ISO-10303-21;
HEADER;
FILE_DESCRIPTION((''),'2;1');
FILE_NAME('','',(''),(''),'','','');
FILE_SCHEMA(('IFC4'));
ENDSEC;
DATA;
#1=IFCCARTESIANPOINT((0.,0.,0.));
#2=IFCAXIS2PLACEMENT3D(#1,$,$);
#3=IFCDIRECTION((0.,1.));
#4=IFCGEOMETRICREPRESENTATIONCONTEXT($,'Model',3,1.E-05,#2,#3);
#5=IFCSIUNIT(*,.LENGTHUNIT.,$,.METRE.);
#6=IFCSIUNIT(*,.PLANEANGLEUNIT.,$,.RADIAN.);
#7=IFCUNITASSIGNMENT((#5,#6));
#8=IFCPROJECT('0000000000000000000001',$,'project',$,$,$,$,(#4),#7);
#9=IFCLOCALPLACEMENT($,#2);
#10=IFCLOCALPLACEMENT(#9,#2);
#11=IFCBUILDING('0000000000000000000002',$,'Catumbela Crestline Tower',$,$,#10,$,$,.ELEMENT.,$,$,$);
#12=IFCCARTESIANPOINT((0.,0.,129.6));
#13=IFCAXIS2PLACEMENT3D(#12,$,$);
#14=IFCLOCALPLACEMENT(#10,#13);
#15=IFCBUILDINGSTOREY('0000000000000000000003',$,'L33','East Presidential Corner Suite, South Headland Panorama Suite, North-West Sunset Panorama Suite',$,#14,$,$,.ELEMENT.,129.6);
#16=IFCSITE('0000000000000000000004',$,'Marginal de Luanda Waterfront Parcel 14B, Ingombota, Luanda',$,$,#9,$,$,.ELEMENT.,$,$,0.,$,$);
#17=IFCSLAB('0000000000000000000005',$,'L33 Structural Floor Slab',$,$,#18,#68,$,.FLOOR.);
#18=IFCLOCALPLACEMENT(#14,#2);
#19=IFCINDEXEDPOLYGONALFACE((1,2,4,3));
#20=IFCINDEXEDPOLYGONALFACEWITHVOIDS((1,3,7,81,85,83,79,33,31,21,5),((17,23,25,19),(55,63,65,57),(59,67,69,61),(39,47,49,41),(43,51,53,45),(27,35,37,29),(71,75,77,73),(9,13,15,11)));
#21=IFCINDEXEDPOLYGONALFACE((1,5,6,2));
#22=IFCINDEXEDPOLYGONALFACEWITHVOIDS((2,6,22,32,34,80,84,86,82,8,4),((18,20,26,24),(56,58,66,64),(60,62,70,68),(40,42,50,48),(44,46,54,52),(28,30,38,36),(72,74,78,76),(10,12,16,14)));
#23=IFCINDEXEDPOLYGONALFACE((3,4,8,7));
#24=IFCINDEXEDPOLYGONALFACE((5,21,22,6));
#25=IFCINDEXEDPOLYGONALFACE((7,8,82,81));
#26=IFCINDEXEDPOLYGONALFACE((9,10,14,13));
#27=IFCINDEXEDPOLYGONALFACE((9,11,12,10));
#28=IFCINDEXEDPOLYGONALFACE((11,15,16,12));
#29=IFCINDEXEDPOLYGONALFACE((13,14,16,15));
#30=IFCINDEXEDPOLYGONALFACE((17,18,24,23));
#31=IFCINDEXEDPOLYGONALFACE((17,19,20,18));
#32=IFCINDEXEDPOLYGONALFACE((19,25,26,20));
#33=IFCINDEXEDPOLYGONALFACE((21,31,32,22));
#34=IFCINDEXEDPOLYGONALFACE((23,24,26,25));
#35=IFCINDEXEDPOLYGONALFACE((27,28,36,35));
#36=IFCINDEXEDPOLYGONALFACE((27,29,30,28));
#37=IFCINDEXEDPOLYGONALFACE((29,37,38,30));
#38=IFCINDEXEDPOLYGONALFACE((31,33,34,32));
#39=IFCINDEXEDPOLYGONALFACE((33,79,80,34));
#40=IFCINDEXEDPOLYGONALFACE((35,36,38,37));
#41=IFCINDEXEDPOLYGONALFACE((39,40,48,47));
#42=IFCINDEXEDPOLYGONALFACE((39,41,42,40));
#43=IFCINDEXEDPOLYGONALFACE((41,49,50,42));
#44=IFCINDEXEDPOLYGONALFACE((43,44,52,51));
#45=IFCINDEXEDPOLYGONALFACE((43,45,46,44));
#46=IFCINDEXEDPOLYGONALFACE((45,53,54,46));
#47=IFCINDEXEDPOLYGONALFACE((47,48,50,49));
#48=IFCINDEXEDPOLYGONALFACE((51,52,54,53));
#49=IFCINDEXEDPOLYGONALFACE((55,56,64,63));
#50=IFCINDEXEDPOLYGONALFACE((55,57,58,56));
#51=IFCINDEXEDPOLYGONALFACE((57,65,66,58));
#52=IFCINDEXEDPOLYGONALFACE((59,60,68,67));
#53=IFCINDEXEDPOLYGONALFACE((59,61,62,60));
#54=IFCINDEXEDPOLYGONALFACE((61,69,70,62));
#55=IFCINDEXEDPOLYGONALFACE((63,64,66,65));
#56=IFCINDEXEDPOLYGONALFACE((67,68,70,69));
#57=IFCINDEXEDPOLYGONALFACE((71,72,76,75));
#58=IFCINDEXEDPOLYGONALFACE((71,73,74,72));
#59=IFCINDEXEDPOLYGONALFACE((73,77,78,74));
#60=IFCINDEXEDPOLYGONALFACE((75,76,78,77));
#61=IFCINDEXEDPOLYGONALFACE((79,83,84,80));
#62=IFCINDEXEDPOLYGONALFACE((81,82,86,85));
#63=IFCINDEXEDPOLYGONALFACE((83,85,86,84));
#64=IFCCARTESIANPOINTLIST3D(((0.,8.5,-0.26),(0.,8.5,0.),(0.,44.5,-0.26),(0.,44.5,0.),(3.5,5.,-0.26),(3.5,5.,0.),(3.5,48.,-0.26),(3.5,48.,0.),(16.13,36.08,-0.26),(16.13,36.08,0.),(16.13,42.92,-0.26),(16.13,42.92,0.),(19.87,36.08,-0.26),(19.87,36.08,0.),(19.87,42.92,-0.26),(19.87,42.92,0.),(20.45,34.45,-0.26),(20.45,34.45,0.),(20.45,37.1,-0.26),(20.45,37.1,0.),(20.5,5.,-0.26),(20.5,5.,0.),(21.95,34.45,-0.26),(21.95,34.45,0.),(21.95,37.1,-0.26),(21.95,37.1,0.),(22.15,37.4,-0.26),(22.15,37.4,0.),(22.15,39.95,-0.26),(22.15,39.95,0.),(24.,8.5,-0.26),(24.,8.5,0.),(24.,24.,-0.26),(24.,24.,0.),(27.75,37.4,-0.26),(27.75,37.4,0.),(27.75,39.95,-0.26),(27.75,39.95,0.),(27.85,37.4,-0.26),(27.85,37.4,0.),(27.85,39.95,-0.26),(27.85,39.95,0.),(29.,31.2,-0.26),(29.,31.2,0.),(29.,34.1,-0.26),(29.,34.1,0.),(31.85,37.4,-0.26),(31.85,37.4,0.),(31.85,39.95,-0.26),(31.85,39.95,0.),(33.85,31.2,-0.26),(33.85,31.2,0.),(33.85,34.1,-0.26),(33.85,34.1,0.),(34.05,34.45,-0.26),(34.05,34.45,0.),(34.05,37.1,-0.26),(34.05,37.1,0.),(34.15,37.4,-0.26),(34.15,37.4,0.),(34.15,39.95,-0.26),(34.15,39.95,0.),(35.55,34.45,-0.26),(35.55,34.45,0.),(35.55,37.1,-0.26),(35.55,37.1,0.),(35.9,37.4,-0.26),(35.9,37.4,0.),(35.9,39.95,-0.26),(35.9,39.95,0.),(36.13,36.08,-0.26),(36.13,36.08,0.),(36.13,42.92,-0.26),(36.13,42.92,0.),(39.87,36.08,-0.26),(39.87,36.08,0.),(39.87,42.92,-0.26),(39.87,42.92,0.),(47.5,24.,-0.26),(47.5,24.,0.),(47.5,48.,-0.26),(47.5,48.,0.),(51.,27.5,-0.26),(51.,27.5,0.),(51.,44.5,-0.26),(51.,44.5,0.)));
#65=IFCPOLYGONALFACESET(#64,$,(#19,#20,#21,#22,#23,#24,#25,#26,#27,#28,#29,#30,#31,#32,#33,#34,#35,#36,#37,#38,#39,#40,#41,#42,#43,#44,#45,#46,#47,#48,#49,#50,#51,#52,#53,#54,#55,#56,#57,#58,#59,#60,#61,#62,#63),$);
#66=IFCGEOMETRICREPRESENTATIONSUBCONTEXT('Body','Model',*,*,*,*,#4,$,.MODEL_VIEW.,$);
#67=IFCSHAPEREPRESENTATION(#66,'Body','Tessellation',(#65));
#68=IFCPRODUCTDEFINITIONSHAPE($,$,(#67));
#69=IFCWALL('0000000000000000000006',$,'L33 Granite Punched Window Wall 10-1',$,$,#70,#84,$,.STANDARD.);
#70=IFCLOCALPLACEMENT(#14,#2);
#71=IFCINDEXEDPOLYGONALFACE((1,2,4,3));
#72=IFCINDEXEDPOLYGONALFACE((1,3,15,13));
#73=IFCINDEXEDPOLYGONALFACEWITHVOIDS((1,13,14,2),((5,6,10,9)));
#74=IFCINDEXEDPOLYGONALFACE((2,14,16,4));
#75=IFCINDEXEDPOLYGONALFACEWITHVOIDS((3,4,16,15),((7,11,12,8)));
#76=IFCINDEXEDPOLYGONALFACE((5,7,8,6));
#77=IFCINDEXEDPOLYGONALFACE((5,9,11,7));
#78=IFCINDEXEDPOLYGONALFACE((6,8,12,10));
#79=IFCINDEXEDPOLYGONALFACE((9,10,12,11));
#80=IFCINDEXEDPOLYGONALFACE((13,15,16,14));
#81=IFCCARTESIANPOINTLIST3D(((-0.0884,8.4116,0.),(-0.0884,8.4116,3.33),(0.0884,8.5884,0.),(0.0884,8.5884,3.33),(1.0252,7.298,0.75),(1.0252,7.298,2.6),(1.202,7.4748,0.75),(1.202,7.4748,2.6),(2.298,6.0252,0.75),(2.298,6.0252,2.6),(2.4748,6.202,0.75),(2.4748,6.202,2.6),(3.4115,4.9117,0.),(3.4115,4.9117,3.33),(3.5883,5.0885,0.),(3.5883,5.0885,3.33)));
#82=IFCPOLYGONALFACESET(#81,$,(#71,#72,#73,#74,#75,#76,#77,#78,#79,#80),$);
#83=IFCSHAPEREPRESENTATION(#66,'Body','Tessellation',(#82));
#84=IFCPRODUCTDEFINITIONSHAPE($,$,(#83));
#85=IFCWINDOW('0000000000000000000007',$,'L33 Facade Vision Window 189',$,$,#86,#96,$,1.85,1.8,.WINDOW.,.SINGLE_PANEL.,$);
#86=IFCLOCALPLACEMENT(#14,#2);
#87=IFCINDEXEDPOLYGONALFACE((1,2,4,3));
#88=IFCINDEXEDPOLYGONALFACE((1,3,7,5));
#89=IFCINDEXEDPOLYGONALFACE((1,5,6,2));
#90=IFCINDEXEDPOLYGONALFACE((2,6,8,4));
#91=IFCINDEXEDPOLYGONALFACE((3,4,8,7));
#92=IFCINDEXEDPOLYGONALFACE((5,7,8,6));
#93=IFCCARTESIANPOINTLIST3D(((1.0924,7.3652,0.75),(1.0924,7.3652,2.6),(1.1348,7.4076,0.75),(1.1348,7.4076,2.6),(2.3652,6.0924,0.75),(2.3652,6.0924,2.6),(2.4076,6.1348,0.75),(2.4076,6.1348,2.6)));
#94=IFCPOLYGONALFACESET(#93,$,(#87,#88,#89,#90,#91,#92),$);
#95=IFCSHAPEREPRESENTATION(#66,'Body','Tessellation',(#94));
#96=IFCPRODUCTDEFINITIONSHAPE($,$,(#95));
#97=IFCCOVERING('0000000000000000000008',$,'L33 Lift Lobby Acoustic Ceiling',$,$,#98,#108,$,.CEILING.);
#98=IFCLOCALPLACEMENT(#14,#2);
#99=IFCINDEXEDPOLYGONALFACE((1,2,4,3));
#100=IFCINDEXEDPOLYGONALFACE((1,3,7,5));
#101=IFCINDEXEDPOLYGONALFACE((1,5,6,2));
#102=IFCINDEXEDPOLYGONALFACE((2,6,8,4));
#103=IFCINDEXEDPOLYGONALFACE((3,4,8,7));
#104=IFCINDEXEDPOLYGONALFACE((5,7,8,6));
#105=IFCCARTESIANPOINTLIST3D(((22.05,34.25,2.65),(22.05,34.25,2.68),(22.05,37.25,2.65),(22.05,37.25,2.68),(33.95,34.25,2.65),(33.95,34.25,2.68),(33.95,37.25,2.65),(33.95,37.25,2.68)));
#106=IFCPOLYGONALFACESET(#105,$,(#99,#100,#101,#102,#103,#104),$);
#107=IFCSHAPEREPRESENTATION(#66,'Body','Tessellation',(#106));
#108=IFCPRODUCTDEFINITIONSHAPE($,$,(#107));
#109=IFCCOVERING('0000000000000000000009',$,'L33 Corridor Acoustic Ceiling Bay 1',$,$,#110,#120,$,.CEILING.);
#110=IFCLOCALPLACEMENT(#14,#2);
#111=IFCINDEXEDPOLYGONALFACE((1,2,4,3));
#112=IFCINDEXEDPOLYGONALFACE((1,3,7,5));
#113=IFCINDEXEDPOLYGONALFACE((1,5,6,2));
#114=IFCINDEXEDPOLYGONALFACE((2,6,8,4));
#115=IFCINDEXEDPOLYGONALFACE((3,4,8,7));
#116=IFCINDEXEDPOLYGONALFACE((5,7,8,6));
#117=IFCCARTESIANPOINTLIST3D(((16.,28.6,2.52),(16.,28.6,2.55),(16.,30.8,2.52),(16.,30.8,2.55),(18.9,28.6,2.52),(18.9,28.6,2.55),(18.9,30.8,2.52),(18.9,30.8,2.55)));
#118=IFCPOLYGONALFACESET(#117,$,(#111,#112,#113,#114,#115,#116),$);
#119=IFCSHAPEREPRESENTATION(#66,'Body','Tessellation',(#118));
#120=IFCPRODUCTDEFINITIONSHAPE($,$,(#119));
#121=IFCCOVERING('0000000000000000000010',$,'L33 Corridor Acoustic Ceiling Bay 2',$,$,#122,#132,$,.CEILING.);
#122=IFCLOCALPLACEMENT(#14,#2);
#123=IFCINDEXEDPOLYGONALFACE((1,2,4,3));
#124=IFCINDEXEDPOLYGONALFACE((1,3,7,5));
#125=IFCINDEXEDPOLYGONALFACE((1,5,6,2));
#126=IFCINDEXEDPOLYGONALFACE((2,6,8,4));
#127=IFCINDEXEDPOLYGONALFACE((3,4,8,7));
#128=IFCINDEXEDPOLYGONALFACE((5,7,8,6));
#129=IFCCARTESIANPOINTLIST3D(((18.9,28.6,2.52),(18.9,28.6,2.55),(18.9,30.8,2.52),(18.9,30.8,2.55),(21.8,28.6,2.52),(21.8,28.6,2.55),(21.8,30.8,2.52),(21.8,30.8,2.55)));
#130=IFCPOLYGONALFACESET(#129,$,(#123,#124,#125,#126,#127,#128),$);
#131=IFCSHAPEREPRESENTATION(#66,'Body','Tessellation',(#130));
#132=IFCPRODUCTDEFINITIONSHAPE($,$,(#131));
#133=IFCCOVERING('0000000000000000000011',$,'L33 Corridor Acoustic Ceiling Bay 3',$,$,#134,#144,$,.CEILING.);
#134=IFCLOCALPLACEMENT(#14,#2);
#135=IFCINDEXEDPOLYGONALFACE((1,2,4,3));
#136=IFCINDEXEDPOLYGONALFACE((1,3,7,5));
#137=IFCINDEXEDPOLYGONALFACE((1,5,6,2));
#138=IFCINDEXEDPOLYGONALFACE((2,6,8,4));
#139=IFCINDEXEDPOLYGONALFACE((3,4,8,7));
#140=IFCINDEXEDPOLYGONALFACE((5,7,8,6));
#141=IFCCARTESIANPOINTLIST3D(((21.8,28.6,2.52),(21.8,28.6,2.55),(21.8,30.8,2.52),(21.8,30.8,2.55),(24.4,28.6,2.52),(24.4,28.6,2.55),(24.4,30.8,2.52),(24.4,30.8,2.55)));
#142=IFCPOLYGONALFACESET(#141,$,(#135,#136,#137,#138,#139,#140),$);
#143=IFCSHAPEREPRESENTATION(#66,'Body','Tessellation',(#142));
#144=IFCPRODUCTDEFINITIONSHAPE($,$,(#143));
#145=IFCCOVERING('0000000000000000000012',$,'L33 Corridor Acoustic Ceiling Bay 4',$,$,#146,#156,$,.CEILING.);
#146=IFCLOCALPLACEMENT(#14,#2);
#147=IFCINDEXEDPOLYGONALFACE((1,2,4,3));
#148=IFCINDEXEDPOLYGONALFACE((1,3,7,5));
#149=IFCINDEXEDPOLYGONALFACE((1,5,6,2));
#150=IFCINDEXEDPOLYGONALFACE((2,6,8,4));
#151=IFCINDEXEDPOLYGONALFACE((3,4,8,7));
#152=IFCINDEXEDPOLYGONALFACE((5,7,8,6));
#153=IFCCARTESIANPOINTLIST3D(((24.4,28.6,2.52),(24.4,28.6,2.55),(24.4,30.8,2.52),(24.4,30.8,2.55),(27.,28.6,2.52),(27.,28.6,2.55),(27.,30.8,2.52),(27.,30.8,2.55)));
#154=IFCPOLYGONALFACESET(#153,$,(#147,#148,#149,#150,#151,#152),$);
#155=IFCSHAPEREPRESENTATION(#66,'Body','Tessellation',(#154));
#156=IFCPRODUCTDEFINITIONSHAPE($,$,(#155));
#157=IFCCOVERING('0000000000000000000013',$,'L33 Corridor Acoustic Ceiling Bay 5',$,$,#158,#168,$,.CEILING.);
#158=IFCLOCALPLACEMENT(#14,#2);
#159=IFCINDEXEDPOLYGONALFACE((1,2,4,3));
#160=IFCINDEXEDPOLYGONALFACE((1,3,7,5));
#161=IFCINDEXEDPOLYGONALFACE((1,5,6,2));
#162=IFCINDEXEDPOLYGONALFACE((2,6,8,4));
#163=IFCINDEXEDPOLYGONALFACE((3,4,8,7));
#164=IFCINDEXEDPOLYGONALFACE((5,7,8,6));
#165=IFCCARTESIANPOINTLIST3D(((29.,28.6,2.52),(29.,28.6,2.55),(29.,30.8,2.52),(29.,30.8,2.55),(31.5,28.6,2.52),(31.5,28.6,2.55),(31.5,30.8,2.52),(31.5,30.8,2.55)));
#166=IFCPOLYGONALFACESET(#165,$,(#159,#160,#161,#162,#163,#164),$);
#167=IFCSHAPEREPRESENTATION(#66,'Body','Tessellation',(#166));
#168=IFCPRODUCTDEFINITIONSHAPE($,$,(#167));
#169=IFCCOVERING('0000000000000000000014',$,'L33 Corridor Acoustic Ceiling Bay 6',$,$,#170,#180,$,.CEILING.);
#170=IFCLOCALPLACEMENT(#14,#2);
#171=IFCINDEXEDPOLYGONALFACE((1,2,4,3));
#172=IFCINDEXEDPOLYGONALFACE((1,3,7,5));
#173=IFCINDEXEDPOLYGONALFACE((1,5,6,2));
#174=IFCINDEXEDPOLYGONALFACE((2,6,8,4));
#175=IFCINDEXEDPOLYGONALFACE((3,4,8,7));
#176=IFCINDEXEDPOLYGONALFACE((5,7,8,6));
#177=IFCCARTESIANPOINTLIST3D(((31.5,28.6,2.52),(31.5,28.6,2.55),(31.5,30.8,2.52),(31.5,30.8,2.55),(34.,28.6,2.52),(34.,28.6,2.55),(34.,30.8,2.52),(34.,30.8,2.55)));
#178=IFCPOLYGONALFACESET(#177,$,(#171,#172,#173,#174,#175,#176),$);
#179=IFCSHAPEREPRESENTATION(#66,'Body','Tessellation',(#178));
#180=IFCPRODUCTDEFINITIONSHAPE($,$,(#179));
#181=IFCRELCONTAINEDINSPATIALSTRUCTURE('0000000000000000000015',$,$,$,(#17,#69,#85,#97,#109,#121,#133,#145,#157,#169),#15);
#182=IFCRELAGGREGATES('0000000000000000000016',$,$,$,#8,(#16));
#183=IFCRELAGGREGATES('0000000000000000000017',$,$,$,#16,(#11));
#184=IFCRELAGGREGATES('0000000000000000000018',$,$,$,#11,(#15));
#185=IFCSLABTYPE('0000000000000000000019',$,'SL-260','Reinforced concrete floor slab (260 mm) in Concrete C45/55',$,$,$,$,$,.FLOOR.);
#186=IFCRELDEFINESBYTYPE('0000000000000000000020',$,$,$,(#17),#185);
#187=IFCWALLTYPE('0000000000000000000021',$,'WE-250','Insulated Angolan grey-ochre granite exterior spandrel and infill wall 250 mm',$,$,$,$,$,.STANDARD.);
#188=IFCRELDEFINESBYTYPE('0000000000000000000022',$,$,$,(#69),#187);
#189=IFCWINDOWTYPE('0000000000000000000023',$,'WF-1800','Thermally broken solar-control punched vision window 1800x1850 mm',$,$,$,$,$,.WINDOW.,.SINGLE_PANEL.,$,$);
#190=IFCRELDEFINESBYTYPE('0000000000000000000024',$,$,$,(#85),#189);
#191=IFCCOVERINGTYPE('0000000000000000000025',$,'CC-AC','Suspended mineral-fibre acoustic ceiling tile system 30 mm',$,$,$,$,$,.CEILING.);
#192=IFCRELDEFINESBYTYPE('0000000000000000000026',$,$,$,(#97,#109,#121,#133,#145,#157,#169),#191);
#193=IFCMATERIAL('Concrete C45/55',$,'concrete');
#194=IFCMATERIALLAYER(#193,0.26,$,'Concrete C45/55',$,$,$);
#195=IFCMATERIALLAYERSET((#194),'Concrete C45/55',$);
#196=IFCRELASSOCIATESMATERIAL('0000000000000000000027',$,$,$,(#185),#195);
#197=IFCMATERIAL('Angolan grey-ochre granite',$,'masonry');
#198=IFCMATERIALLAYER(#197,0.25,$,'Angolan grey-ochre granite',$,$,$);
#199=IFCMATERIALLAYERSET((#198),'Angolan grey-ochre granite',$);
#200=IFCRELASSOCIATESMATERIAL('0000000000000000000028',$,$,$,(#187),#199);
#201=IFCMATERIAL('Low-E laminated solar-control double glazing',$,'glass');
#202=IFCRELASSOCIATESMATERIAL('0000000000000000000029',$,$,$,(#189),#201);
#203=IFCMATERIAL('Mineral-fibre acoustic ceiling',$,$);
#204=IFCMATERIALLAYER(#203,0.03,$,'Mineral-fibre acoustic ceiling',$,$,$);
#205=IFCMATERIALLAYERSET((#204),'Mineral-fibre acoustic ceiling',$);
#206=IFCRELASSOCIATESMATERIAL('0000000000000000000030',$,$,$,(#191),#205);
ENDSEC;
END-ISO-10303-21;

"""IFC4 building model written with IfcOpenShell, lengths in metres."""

from ifc_helpers import new_model, si_unit, direction, frame, frame_2d, origin, place, context, subcontext, project, spatial, polyline, rectangle, outline, extrude, material, layer, layer_set, type_object, element, fill, save


model = new_model("IFC4")

# Units and contexts
model_context = context("Model", 3, precision=1e-05, world=origin(), true_north=direction((0.0, 1.0)))
body_context = subcontext(model_context, "Body", "Model", "MODEL_VIEW")
ifc_project = project(units=[si_unit("LENGTHUNIT", "METRE"), si_unit("PLANEANGLEUNIT", "RADIAN")], contexts=[model_context])

# Site, building, storey
site_placement = place(None, origin())
site = spatial("IfcSite", under=ifc_project, at=site_placement, Name="Marginal de Luanda Waterfront Parcel 14B, Ingombota, Luanda", CompositionType="ELEMENT", RefElevation=0.0)
building_placement = place(site_placement, origin())
building = spatial("IfcBuilding", under=site, at=building_placement, Name="Catumbela Crestline Tower", CompositionType="ELEMENT")
storey_placement = place(building_placement, frame((0.0, 0.0, 129.6)))
storey = spatial("IfcBuildingStorey", under=building, at=storey_placement, Name="L33", Description="East Presidential Corner Suite, South Headland Panorama Suite, North-West Sunset Panorama Suite", CompositionType="ELEMENT", Elevation=129.6)

# Shared definitions
ifc_material_1 = material(Name="Concrete C45/55", Category="concrete")

# Slab
ifc_layer_1 = layer(ifc_material_1, 0.26, Name="Concrete C45/55")
ifc_layer_set_1 = layer_set([ifc_layer_1], Name="Concrete C45/55")
slab_type_1 = type_object("IfcSlabType", Name="SL-260", Description="Reinforced concrete floor slab (260 mm) in Concrete C45/55", PredefinedType="FLOOR", material=ifc_layer_set_1)
slab_1_placement = place(storey_placement, frame((0.0, 0.0, -0.26)))
element("IfcSlab", 1, at=slab_1_placement, inside=storey, type_object=slab_type_1, Name="L33 Structural Floor Slab", PredefinedType="FLOOR", context=body_context, shape_type="SweptSolid", body=[
    extrude(outline(polyline([(3.5, 5.0), (20.5, 5.0), (24.0, 8.5), (24.0, 24.0), (47.5, 24.0), (51.0, 27.5), (51.0, 44.5), (47.5, 48.0), (3.5, 48.0), (0.0, 44.5), (0.0, 8.5), (3.5, 5.0)]), holes=[polyline([(16.13, 36.08), (19.87, 36.08), (19.87, 42.92), (16.13, 42.92), (16.13, 36.08)]), polyline([(36.13, 36.08), (39.87, 36.08), (39.87, 42.92), (36.13, 42.92), (36.13, 36.08)]), polyline([(29.0, 31.2), (33.85, 31.2), (33.85, 34.1), (29.0, 34.1), (29.0, 31.2)]), polyline([(22.15, 37.4), (27.75, 37.4), (27.75, 39.95), (22.15, 39.95), (22.15, 37.4)]), polyline([(27.85, 37.4), (31.85, 37.4), (31.85, 39.95), (27.85, 39.95), (27.85, 37.4)]), polyline([(20.45, 34.45), (21.95, 34.45), (21.95, 37.1), (20.45, 37.1), (20.45, 34.45)]), polyline([(34.05, 34.45), (35.55, 34.45), (35.55, 37.1), (34.05, 37.1), (34.05, 34.45)]), polyline([(34.15, 37.4), (35.9, 37.4), (35.9, 39.95), (34.15, 39.95), (34.15, 37.4)])]), origin(), (0.0, 0.0, 1.0), 0.26),
])

# Wall, opening, window
ifc_material_2 = material(Name="Angolan grey-ochre granite", Category="masonry")
ifc_layer_2 = layer(ifc_material_2, 0.25, Name="Angolan grey-ochre granite")
ifc_layer_set_2 = layer_set([ifc_layer_2], Name="Angolan grey-ochre granite")
wall_type = type_object("IfcWallType", Name="WE-250", Description="Insulated Angolan grey-ochre granite exterior spandrel and infill wall 250 mm", PredefinedType="STANDARD", material=ifc_layer_set_2)
wall_placement = place(storey_placement, frame((0.0, 8.5, 0.0), z_axis=(0.0, 0.0, 1.0), x_axis=(0.707107, -0.707107, 0.0)))
wall = element("IfcWall", 2, at=wall_placement, inside=storey, type_object=wall_type, Name="L33 Granite Punched Window Wall 10-1", PredefinedType="STANDARD", context=body_context, shape_type="SweptSolid", body=[
    extrude(rectangle(XDim=4.9497, YDim=0.25, at=frame_2d((2.4748, 0.0))), origin(), (0.0, 0.0, 1.0), 3.33),
])
opening_placement = place(wall_placement, frame((1.5749, 0.0, 0.75)))
opening = element("IfcOpeningElement", 3, at=opening_placement, cuts=wall, PredefinedType="OPENING", context=body_context, shape_type="SweptSolid", body=[
    extrude(rectangle(XDim=1.8, YDim=1.85, at=frame_2d((0.9, 0.925))), frame((0.0, 0.135, 0.0), z_axis=(0.0, -1.0, 0.0), x_axis=(1.0, 0.0, 0.0)), (0.0, 0.0, 1.0), 0.27),
])
ifc_material_3 = material(Name="Low-E laminated solar-control double glazing", Category="glass")
window_type = type_object("IfcWindowType", Name="WF-1800", Description="Thermally broken solar-control punched vision window 1800x1850 mm", PartitioningType="SINGLE_PANEL", PredefinedType="WINDOW", material=ifc_material_3)
window_placement = place(opening_placement, origin())
window = element("IfcWindow", 4, at=window_placement, inside=storey, type_object=window_type, Name="L33 Facade Vision Window 189", OverallHeight=1.85, OverallWidth=1.8, PartitioningType="SINGLE_PANEL", PredefinedType="WINDOW", context=body_context, shape_type="SweptSolid", body=[
    extrude(rectangle(XDim=1.8, YDim=1.85, at=frame_2d((0.9, 0.925))), frame((0.0, 0.03, 0.0), z_axis=(0.0, -1.0, 0.0), x_axis=(1.0, 0.0, 0.0)), (0.0, 0.0, 1.0), 0.06),
])
fill(opening, window)

# Coverings
ifc_material_4 = material(Name="Mineral-fibre acoustic ceiling")
ifc_layer_3 = layer(ifc_material_4, 0.03, Name="Mineral-fibre acoustic ceiling")
ifc_layer_set_3 = layer_set([ifc_layer_3], Name="Mineral-fibre acoustic ceiling")
covering_type_1 = type_object("IfcCoveringType", Name="CC-AC", Description="Suspended mineral-fibre acoustic ceiling tile system 30 mm", PredefinedType="CEILING", material=ifc_layer_set_3)
covering_1_placement = place(storey_placement, frame((0.0, 0.0, 2.65)))
element("IfcCovering", 5, at=covering_1_placement, inside=storey, type_object=covering_type_1, Name="L33 Lift Lobby Acoustic Ceiling", PredefinedType="CEILING", context=body_context, shape_type="SweptSolid", body=[
    extrude(outline(polyline([(22.05, 34.25), (33.95, 34.25), (33.95, 37.25), (22.05, 37.25), (22.05, 34.25)])), origin(), (0.0, 0.0, 1.0), 0.03),
])
covering_2_placement = place(storey_placement, frame((0.0, 0.0, 2.52)))
element("IfcCovering", 6, at=covering_2_placement, inside=storey, type_object=covering_type_1, Name="L33 Corridor Acoustic Ceiling Bay 1", PredefinedType="CEILING", context=body_context, shape_type="SweptSolid", body=[
    extrude(outline(polyline([(16.0, 28.6), (18.9, 28.6), (18.9, 30.8), (16.0, 30.8), (16.0, 28.6)])), origin(), (0.0, 0.0, 1.0), 0.03),
])
covering_3_placement = place(storey_placement, frame((0.0, 0.0, 2.52)))
element("IfcCovering", 7, at=covering_3_placement, inside=storey, type_object=covering_type_1, Name="L33 Corridor Acoustic Ceiling Bay 2", PredefinedType="CEILING", context=body_context, shape_type="SweptSolid", body=[
    extrude(outline(polyline([(18.9, 28.6), (21.8, 28.6), (21.8, 30.8), (18.9, 30.8), (18.9, 28.6)])), origin(), (0.0, 0.0, 1.0), 0.03),
])
covering_4_placement = place(storey_placement, frame((0.0, 0.0, 2.52)))
element("IfcCovering", 8, at=covering_4_placement, inside=storey, type_object=covering_type_1, Name="L33 Corridor Acoustic Ceiling Bay 3", PredefinedType="CEILING", context=body_context, shape_type="SweptSolid", body=[
    extrude(outline(polyline([(21.8, 28.6), (24.4, 28.6), (24.4, 30.8), (21.8, 30.8), (21.8, 28.6)])), origin(), (0.0, 0.0, 1.0), 0.03),
])
covering_5_placement = place(storey_placement, frame((0.0, 0.0, 2.52)))
element("IfcCovering", 9, at=covering_5_placement, inside=storey, type_object=covering_type_1, Name="L33 Corridor Acoustic Ceiling Bay 4", PredefinedType="CEILING", context=body_context, shape_type="SweptSolid", body=[
    extrude(outline(polyline([(24.4, 28.6), (27.0, 28.6), (27.0, 30.8), (24.4, 30.8), (24.4, 28.6)])), origin(), (0.0, 0.0, 1.0), 0.03),
])
covering_6_placement = place(storey_placement, frame((0.0, 0.0, 2.52)))
element("IfcCovering", 10, at=covering_6_placement, inside=storey, type_object=covering_type_1, Name="L33 Corridor Acoustic Ceiling Bay 5", PredefinedType="CEILING", context=body_context, shape_type="SweptSolid", body=[
    extrude(outline(polyline([(29.0, 28.6), (31.5, 28.6), (31.5, 30.8), (29.0, 30.8), (29.0, 28.6)])), origin(), (0.0, 0.0, 1.0), 0.03),
])
covering_7_placement = place(storey_placement, frame((0.0, 0.0, 2.52)))
element("IfcCovering", 11, at=covering_7_placement, inside=storey, type_object=covering_type_1, Name="L33 Corridor Acoustic Ceiling Bay 6", PredefinedType="CEILING", context=body_context, shape_type="SweptSolid", body=[
    extrude(outline(polyline([(31.5, 28.6), (34.0, 28.6), (34.0, 30.8), (31.5, 30.8), (31.5, 28.6)])), origin(), (0.0, 0.0, 1.0), 0.03),
])

save(model, "model.ifc")
